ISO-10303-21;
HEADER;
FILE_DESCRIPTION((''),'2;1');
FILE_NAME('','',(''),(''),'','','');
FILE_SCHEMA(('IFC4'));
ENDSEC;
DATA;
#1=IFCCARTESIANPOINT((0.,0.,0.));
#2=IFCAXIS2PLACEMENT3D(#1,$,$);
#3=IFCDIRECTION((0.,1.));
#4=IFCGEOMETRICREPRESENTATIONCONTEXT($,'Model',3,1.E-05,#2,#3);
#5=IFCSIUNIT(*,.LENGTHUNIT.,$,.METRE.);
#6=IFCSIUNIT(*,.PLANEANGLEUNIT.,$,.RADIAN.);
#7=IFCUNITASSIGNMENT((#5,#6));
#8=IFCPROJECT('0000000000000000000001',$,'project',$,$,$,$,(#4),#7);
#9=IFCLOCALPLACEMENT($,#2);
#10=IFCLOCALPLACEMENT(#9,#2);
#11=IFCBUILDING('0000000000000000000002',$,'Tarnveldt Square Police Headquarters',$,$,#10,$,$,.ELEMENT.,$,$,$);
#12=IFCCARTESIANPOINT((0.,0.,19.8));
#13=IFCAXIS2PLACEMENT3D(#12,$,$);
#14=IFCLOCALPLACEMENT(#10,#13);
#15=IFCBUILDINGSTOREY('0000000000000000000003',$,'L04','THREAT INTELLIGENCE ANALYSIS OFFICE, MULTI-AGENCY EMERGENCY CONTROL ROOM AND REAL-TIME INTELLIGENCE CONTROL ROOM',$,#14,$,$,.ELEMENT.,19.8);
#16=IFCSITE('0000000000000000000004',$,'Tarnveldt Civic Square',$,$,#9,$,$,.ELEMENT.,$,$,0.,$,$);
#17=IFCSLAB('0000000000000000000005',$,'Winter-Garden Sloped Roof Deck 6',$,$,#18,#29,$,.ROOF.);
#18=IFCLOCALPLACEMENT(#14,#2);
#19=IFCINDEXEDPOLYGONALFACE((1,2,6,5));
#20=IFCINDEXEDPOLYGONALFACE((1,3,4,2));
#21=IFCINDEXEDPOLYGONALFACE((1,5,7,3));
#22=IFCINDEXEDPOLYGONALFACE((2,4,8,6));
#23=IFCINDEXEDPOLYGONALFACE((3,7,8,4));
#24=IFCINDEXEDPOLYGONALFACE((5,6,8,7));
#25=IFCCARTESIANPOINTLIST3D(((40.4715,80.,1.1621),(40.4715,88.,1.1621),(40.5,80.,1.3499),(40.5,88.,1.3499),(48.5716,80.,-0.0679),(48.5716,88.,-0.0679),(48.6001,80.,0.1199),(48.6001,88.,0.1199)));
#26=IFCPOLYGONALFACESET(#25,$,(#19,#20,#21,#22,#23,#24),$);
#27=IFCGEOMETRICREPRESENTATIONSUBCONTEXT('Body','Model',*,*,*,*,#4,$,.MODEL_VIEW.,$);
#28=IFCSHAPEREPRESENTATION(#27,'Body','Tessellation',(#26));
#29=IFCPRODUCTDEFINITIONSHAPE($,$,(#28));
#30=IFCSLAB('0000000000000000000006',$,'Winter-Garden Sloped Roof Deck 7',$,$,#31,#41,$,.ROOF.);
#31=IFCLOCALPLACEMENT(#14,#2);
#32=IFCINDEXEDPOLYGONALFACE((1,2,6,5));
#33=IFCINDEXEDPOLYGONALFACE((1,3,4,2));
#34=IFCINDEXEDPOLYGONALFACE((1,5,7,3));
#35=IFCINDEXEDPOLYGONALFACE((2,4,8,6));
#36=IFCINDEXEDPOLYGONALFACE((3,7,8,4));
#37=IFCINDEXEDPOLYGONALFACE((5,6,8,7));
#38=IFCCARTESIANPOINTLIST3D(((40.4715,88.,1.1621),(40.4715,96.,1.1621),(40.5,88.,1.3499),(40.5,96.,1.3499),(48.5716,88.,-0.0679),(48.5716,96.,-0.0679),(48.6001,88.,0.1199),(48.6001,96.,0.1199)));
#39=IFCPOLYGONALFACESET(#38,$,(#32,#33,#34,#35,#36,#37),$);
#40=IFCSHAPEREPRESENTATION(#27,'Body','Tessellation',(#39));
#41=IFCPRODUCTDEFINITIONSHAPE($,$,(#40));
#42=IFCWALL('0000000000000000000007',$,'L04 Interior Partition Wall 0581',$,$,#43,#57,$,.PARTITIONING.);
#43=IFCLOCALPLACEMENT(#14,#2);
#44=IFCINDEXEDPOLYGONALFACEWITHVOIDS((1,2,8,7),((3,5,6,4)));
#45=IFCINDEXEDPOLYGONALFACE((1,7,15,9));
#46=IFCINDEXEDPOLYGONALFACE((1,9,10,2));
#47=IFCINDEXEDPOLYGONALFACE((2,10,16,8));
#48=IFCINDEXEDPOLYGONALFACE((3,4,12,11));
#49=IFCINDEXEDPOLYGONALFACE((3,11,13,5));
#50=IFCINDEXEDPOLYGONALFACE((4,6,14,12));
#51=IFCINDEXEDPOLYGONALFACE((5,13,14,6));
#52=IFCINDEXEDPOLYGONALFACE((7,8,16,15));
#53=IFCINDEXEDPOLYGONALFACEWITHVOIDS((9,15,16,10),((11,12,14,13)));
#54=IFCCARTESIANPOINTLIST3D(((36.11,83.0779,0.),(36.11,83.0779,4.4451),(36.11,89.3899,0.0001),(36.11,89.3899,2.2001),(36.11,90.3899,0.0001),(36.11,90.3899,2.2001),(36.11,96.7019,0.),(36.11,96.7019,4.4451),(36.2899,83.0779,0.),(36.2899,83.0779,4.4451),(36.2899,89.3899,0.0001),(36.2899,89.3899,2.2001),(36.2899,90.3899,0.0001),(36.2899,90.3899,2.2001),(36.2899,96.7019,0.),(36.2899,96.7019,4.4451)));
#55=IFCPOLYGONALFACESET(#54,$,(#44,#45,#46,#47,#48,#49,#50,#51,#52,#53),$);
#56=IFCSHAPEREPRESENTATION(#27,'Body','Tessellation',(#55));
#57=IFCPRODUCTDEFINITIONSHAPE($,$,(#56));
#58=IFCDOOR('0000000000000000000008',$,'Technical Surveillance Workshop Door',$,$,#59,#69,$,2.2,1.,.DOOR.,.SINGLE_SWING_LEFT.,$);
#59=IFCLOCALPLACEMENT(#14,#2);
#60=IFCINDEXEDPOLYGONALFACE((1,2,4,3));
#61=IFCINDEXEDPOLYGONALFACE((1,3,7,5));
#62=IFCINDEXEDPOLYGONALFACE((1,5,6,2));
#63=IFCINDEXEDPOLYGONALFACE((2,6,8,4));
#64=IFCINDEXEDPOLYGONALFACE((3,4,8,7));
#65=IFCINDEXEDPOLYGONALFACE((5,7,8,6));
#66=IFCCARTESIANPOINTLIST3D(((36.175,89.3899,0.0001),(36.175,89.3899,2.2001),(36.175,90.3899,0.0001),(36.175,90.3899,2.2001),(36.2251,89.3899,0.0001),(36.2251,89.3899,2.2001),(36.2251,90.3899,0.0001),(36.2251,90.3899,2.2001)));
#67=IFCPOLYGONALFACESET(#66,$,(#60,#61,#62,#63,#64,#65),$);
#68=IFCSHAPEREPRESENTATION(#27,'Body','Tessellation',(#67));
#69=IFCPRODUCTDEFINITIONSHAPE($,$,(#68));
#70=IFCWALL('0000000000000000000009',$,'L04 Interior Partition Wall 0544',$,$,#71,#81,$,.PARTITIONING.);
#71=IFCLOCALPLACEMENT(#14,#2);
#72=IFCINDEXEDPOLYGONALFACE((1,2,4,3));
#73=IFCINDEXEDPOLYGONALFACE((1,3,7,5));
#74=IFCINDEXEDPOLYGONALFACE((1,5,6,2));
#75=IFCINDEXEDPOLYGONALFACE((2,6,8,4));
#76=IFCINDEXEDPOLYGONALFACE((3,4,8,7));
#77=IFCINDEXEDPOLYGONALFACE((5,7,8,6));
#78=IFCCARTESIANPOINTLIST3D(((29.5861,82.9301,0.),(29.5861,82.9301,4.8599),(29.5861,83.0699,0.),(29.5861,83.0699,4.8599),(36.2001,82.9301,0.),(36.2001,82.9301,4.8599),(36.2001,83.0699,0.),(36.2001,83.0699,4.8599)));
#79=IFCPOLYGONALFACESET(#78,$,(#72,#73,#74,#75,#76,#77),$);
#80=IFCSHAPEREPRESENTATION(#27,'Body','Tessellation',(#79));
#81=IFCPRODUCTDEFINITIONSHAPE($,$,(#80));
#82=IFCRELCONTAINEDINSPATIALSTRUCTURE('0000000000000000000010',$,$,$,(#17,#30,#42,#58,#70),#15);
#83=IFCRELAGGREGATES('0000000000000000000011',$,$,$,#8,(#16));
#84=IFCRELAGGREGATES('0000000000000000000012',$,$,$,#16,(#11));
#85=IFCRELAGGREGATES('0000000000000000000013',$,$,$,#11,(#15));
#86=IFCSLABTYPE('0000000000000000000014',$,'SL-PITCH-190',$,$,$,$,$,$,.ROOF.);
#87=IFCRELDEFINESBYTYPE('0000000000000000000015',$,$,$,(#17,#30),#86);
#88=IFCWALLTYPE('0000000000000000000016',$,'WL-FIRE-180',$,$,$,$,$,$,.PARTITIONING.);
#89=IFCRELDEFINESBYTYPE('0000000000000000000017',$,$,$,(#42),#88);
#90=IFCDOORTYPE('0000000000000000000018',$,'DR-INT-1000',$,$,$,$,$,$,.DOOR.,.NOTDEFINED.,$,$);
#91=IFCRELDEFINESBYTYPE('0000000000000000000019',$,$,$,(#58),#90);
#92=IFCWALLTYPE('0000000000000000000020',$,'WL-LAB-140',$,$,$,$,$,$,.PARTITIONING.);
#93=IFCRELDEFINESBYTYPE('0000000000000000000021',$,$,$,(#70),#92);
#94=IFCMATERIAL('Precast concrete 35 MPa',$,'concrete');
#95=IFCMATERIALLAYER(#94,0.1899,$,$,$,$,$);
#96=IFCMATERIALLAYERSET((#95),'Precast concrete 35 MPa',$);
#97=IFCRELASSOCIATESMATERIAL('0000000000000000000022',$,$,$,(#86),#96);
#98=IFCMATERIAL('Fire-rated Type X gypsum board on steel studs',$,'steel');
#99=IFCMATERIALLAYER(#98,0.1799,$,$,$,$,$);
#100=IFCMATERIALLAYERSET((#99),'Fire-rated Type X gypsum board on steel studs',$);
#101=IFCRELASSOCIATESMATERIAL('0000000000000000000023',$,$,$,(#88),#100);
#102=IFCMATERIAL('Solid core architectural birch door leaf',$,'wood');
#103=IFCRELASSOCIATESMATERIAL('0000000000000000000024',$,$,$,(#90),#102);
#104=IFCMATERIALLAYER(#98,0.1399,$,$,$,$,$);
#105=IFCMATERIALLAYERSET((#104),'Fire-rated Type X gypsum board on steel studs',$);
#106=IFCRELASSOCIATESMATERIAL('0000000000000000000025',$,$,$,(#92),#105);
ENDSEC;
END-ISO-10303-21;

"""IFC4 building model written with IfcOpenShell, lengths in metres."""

from ifc_helpers import new_model, si_unit, direction, frame, frame_2d, origin, place, context, subcontext, project, spatial, polyline, rectangle, outline, extrude, material, layer, layer_set, type_object, element, fill, save


model = new_model("IFC4")

# Units and contexts
model_context = context("Model", 3, precision=1e-05, world=origin(), true_north=direction((0.0, 1.0)))
body_context = subcontext(model_context, "Body", "Model", "MODEL_VIEW")
ifc_project = project(units=[si_unit("LENGTHUNIT", "METRE"), si_unit("PLANEANGLEUNIT", "RADIAN")], contexts=[model_context])

# Site, building, storey
site_placement = place(None, origin())
site = spatial("IfcSite", under=ifc_project, at=site_placement, Name="Tarnveldt Civic Square", CompositionType="ELEMENT", RefElevation=0.0)
building_placement = place(site_placement, origin())
building = spatial("IfcBuilding", under=site, at=building_placement, Name="Tarnveldt Square Police Headquarters", CompositionType="ELEMENT")
storey_placement = place(building_placement, frame((0.0, 0.0, 19.8)))
storey = spatial("IfcBuildingStorey", under=building, at=storey_placement, Name="L04", Description="THREAT INTELLIGENCE ANALYSIS OFFICE, MULTI-AGENCY EMERGENCY CONTROL ROOM AND REAL-TIME INTELLIGENCE CONTROL ROOM", CompositionType="ELEMENT", Elevation=19.8)

# Slabs
ifc_material_1 = material(Name="Precast concrete 35 MPa", Category="concrete")
ifc_layer_1 = layer(ifc_material_1, 0.1899)
ifc_layer_set_1 = layer_set([ifc_layer_1], Name="Precast concrete 35 MPa")
slab_type = type_object("IfcSlabType", Name="SL-PITCH-190", PredefinedType="ROOF", material=ifc_layer_set_1)
for number, where, z_axis, x_axis, name in (
    (1, (40.5, 80.0, 1.3499), (0.150127, 0.0, 0.988667), (0.988667, 0.0, -0.150127), "Winter-Garden Sloped Roof Deck 6"),
    (2, (40.5, 88.0, 1.3499), (0.150127, 0.0, 0.988667), (0.988667, 0.0, -0.150127), "Winter-Garden Sloped Roof Deck 7"),
):
    element("IfcSlab", number, at=place(storey_placement, frame(where, z_axis=z_axis, x_axis=x_axis)), inside=storey, type_object=slab_type, Name=name, PredefinedType="ROOF", context=body_context, shape_type="SweptSolid", body=[
        extrude(outline(polyline([(0.0, 0.0), (8.193, 0.0), (8.193, 8.0), (0.0, 8.0), (0.0, 0.0)])), origin(), (0.0, 0.0, -1.0), 0.1899),
    ])

# Wall, opening, door
ifc_material_2 = material(Name="Fire-rated Type X gypsum board on steel studs", Category="steel")
ifc_layer_2 = layer(ifc_material_2, 0.1799)
ifc_layer_set_2 = layer_set([ifc_layer_2], Name="Fire-rated Type X gypsum board on steel studs")
wall_type_1 = type_object("IfcWallType", Name="WL-FIRE-180", PredefinedType="PARTITIONING", material=ifc_layer_set_2)
wall_1_placement = place(storey_placement, frame((36.2, 83.0779, 0.0), z_axis=(0.0, 0.0, 1.0), x_axis=(0.0, 1.0, 0.0)))
wall_1 = element("IfcWall", 3, at=wall_1_placement, inside=storey, type_object=wall_type_1, Name="L04 Interior Partition Wall 0581", PredefinedType="PARTITIONING", context=body_context, shape_type="SweptSolid", body=[
    extrude(rectangle(XDim=13.624, YDim=0.1799, at=frame_2d((6.812, 0.0))), origin(), (0.0, 0.0, 1.0), 4.4451),
])
opening_placement = place(wall_1_placement, frame((6.312, 0.0, 0.0)))
opening = element("IfcOpeningElement", 4, at=opening_placement, cuts=wall_1, PredefinedType="OPENING", context=body_context, shape_type="SweptSolid", body=[
    extrude(rectangle(XDim=1.0, YDim=2.2, at=frame_2d((0.5, 1.1001))), frame((0.0, 0.0999, 0.0), z_axis=(0.0, -1.0, 0.0), x_axis=(1.0, 0.0, 0.0)), (0.0, 0.0, 1.0), 0.2),
])
ifc_material_3 = material(Name="Solid core architectural birch door leaf", Category="wood")
door_type = type_object("IfcDoorType", Name="DR-INT-1000", OperationType="NOTDEFINED", PredefinedType="DOOR", material=ifc_material_3)
door_placement = place(opening_placement, origin())
door = element("IfcDoor", 5, at=door_placement, inside=storey, type_object=door_type, Name="Technical Surveillance Workshop Door", OperationType="SINGLE_SWING_LEFT", OverallHeight=2.2, OverallWidth=1.0, PredefinedType="DOOR", context=body_context, shape_type="SweptSolid", body=[
    extrude(rectangle(XDim=1.0, YDim=2.2, at=frame_2d((0.5, 1.1001))), frame((0.0, 0.0249, 0.0), z_axis=(0.0, -1.0, 0.0), x_axis=(1.0, 0.0, 0.0)), (0.0, 0.0, 1.0), 0.05),
])
fill(opening, door)

# Wall
ifc_layer_3 = layer(ifc_material_2, 0.1399)
ifc_layer_set_3 = layer_set([ifc_layer_3], Name="Fire-rated Type X gypsum board on steel studs")
wall_type_2 = type_object("IfcWallType", Name="WL-LAB-140", PredefinedType="PARTITIONING", material=ifc_layer_set_3)
wall_2_placement = place(storey_placement, frame((29.5859, 83.0, 0.0), z_axis=(0.0, 0.0, 1.0), x_axis=(1.0, 0.0, 0.0)))
element("IfcWall", 6, at=wall_2_placement, inside=storey, type_object=wall_type_2, Name="L04 Interior Partition Wall 0544", PredefinedType="PARTITIONING", context=body_context, shape_type="SweptSolid", body=[
    extrude(rectangle(XDim=6.614, YDim=0.1399, at=frame_2d((3.3071, 0.0))), origin(), (0.0, 0.0, 1.0), 4.8599),
])

save(model, "model.ifc")
